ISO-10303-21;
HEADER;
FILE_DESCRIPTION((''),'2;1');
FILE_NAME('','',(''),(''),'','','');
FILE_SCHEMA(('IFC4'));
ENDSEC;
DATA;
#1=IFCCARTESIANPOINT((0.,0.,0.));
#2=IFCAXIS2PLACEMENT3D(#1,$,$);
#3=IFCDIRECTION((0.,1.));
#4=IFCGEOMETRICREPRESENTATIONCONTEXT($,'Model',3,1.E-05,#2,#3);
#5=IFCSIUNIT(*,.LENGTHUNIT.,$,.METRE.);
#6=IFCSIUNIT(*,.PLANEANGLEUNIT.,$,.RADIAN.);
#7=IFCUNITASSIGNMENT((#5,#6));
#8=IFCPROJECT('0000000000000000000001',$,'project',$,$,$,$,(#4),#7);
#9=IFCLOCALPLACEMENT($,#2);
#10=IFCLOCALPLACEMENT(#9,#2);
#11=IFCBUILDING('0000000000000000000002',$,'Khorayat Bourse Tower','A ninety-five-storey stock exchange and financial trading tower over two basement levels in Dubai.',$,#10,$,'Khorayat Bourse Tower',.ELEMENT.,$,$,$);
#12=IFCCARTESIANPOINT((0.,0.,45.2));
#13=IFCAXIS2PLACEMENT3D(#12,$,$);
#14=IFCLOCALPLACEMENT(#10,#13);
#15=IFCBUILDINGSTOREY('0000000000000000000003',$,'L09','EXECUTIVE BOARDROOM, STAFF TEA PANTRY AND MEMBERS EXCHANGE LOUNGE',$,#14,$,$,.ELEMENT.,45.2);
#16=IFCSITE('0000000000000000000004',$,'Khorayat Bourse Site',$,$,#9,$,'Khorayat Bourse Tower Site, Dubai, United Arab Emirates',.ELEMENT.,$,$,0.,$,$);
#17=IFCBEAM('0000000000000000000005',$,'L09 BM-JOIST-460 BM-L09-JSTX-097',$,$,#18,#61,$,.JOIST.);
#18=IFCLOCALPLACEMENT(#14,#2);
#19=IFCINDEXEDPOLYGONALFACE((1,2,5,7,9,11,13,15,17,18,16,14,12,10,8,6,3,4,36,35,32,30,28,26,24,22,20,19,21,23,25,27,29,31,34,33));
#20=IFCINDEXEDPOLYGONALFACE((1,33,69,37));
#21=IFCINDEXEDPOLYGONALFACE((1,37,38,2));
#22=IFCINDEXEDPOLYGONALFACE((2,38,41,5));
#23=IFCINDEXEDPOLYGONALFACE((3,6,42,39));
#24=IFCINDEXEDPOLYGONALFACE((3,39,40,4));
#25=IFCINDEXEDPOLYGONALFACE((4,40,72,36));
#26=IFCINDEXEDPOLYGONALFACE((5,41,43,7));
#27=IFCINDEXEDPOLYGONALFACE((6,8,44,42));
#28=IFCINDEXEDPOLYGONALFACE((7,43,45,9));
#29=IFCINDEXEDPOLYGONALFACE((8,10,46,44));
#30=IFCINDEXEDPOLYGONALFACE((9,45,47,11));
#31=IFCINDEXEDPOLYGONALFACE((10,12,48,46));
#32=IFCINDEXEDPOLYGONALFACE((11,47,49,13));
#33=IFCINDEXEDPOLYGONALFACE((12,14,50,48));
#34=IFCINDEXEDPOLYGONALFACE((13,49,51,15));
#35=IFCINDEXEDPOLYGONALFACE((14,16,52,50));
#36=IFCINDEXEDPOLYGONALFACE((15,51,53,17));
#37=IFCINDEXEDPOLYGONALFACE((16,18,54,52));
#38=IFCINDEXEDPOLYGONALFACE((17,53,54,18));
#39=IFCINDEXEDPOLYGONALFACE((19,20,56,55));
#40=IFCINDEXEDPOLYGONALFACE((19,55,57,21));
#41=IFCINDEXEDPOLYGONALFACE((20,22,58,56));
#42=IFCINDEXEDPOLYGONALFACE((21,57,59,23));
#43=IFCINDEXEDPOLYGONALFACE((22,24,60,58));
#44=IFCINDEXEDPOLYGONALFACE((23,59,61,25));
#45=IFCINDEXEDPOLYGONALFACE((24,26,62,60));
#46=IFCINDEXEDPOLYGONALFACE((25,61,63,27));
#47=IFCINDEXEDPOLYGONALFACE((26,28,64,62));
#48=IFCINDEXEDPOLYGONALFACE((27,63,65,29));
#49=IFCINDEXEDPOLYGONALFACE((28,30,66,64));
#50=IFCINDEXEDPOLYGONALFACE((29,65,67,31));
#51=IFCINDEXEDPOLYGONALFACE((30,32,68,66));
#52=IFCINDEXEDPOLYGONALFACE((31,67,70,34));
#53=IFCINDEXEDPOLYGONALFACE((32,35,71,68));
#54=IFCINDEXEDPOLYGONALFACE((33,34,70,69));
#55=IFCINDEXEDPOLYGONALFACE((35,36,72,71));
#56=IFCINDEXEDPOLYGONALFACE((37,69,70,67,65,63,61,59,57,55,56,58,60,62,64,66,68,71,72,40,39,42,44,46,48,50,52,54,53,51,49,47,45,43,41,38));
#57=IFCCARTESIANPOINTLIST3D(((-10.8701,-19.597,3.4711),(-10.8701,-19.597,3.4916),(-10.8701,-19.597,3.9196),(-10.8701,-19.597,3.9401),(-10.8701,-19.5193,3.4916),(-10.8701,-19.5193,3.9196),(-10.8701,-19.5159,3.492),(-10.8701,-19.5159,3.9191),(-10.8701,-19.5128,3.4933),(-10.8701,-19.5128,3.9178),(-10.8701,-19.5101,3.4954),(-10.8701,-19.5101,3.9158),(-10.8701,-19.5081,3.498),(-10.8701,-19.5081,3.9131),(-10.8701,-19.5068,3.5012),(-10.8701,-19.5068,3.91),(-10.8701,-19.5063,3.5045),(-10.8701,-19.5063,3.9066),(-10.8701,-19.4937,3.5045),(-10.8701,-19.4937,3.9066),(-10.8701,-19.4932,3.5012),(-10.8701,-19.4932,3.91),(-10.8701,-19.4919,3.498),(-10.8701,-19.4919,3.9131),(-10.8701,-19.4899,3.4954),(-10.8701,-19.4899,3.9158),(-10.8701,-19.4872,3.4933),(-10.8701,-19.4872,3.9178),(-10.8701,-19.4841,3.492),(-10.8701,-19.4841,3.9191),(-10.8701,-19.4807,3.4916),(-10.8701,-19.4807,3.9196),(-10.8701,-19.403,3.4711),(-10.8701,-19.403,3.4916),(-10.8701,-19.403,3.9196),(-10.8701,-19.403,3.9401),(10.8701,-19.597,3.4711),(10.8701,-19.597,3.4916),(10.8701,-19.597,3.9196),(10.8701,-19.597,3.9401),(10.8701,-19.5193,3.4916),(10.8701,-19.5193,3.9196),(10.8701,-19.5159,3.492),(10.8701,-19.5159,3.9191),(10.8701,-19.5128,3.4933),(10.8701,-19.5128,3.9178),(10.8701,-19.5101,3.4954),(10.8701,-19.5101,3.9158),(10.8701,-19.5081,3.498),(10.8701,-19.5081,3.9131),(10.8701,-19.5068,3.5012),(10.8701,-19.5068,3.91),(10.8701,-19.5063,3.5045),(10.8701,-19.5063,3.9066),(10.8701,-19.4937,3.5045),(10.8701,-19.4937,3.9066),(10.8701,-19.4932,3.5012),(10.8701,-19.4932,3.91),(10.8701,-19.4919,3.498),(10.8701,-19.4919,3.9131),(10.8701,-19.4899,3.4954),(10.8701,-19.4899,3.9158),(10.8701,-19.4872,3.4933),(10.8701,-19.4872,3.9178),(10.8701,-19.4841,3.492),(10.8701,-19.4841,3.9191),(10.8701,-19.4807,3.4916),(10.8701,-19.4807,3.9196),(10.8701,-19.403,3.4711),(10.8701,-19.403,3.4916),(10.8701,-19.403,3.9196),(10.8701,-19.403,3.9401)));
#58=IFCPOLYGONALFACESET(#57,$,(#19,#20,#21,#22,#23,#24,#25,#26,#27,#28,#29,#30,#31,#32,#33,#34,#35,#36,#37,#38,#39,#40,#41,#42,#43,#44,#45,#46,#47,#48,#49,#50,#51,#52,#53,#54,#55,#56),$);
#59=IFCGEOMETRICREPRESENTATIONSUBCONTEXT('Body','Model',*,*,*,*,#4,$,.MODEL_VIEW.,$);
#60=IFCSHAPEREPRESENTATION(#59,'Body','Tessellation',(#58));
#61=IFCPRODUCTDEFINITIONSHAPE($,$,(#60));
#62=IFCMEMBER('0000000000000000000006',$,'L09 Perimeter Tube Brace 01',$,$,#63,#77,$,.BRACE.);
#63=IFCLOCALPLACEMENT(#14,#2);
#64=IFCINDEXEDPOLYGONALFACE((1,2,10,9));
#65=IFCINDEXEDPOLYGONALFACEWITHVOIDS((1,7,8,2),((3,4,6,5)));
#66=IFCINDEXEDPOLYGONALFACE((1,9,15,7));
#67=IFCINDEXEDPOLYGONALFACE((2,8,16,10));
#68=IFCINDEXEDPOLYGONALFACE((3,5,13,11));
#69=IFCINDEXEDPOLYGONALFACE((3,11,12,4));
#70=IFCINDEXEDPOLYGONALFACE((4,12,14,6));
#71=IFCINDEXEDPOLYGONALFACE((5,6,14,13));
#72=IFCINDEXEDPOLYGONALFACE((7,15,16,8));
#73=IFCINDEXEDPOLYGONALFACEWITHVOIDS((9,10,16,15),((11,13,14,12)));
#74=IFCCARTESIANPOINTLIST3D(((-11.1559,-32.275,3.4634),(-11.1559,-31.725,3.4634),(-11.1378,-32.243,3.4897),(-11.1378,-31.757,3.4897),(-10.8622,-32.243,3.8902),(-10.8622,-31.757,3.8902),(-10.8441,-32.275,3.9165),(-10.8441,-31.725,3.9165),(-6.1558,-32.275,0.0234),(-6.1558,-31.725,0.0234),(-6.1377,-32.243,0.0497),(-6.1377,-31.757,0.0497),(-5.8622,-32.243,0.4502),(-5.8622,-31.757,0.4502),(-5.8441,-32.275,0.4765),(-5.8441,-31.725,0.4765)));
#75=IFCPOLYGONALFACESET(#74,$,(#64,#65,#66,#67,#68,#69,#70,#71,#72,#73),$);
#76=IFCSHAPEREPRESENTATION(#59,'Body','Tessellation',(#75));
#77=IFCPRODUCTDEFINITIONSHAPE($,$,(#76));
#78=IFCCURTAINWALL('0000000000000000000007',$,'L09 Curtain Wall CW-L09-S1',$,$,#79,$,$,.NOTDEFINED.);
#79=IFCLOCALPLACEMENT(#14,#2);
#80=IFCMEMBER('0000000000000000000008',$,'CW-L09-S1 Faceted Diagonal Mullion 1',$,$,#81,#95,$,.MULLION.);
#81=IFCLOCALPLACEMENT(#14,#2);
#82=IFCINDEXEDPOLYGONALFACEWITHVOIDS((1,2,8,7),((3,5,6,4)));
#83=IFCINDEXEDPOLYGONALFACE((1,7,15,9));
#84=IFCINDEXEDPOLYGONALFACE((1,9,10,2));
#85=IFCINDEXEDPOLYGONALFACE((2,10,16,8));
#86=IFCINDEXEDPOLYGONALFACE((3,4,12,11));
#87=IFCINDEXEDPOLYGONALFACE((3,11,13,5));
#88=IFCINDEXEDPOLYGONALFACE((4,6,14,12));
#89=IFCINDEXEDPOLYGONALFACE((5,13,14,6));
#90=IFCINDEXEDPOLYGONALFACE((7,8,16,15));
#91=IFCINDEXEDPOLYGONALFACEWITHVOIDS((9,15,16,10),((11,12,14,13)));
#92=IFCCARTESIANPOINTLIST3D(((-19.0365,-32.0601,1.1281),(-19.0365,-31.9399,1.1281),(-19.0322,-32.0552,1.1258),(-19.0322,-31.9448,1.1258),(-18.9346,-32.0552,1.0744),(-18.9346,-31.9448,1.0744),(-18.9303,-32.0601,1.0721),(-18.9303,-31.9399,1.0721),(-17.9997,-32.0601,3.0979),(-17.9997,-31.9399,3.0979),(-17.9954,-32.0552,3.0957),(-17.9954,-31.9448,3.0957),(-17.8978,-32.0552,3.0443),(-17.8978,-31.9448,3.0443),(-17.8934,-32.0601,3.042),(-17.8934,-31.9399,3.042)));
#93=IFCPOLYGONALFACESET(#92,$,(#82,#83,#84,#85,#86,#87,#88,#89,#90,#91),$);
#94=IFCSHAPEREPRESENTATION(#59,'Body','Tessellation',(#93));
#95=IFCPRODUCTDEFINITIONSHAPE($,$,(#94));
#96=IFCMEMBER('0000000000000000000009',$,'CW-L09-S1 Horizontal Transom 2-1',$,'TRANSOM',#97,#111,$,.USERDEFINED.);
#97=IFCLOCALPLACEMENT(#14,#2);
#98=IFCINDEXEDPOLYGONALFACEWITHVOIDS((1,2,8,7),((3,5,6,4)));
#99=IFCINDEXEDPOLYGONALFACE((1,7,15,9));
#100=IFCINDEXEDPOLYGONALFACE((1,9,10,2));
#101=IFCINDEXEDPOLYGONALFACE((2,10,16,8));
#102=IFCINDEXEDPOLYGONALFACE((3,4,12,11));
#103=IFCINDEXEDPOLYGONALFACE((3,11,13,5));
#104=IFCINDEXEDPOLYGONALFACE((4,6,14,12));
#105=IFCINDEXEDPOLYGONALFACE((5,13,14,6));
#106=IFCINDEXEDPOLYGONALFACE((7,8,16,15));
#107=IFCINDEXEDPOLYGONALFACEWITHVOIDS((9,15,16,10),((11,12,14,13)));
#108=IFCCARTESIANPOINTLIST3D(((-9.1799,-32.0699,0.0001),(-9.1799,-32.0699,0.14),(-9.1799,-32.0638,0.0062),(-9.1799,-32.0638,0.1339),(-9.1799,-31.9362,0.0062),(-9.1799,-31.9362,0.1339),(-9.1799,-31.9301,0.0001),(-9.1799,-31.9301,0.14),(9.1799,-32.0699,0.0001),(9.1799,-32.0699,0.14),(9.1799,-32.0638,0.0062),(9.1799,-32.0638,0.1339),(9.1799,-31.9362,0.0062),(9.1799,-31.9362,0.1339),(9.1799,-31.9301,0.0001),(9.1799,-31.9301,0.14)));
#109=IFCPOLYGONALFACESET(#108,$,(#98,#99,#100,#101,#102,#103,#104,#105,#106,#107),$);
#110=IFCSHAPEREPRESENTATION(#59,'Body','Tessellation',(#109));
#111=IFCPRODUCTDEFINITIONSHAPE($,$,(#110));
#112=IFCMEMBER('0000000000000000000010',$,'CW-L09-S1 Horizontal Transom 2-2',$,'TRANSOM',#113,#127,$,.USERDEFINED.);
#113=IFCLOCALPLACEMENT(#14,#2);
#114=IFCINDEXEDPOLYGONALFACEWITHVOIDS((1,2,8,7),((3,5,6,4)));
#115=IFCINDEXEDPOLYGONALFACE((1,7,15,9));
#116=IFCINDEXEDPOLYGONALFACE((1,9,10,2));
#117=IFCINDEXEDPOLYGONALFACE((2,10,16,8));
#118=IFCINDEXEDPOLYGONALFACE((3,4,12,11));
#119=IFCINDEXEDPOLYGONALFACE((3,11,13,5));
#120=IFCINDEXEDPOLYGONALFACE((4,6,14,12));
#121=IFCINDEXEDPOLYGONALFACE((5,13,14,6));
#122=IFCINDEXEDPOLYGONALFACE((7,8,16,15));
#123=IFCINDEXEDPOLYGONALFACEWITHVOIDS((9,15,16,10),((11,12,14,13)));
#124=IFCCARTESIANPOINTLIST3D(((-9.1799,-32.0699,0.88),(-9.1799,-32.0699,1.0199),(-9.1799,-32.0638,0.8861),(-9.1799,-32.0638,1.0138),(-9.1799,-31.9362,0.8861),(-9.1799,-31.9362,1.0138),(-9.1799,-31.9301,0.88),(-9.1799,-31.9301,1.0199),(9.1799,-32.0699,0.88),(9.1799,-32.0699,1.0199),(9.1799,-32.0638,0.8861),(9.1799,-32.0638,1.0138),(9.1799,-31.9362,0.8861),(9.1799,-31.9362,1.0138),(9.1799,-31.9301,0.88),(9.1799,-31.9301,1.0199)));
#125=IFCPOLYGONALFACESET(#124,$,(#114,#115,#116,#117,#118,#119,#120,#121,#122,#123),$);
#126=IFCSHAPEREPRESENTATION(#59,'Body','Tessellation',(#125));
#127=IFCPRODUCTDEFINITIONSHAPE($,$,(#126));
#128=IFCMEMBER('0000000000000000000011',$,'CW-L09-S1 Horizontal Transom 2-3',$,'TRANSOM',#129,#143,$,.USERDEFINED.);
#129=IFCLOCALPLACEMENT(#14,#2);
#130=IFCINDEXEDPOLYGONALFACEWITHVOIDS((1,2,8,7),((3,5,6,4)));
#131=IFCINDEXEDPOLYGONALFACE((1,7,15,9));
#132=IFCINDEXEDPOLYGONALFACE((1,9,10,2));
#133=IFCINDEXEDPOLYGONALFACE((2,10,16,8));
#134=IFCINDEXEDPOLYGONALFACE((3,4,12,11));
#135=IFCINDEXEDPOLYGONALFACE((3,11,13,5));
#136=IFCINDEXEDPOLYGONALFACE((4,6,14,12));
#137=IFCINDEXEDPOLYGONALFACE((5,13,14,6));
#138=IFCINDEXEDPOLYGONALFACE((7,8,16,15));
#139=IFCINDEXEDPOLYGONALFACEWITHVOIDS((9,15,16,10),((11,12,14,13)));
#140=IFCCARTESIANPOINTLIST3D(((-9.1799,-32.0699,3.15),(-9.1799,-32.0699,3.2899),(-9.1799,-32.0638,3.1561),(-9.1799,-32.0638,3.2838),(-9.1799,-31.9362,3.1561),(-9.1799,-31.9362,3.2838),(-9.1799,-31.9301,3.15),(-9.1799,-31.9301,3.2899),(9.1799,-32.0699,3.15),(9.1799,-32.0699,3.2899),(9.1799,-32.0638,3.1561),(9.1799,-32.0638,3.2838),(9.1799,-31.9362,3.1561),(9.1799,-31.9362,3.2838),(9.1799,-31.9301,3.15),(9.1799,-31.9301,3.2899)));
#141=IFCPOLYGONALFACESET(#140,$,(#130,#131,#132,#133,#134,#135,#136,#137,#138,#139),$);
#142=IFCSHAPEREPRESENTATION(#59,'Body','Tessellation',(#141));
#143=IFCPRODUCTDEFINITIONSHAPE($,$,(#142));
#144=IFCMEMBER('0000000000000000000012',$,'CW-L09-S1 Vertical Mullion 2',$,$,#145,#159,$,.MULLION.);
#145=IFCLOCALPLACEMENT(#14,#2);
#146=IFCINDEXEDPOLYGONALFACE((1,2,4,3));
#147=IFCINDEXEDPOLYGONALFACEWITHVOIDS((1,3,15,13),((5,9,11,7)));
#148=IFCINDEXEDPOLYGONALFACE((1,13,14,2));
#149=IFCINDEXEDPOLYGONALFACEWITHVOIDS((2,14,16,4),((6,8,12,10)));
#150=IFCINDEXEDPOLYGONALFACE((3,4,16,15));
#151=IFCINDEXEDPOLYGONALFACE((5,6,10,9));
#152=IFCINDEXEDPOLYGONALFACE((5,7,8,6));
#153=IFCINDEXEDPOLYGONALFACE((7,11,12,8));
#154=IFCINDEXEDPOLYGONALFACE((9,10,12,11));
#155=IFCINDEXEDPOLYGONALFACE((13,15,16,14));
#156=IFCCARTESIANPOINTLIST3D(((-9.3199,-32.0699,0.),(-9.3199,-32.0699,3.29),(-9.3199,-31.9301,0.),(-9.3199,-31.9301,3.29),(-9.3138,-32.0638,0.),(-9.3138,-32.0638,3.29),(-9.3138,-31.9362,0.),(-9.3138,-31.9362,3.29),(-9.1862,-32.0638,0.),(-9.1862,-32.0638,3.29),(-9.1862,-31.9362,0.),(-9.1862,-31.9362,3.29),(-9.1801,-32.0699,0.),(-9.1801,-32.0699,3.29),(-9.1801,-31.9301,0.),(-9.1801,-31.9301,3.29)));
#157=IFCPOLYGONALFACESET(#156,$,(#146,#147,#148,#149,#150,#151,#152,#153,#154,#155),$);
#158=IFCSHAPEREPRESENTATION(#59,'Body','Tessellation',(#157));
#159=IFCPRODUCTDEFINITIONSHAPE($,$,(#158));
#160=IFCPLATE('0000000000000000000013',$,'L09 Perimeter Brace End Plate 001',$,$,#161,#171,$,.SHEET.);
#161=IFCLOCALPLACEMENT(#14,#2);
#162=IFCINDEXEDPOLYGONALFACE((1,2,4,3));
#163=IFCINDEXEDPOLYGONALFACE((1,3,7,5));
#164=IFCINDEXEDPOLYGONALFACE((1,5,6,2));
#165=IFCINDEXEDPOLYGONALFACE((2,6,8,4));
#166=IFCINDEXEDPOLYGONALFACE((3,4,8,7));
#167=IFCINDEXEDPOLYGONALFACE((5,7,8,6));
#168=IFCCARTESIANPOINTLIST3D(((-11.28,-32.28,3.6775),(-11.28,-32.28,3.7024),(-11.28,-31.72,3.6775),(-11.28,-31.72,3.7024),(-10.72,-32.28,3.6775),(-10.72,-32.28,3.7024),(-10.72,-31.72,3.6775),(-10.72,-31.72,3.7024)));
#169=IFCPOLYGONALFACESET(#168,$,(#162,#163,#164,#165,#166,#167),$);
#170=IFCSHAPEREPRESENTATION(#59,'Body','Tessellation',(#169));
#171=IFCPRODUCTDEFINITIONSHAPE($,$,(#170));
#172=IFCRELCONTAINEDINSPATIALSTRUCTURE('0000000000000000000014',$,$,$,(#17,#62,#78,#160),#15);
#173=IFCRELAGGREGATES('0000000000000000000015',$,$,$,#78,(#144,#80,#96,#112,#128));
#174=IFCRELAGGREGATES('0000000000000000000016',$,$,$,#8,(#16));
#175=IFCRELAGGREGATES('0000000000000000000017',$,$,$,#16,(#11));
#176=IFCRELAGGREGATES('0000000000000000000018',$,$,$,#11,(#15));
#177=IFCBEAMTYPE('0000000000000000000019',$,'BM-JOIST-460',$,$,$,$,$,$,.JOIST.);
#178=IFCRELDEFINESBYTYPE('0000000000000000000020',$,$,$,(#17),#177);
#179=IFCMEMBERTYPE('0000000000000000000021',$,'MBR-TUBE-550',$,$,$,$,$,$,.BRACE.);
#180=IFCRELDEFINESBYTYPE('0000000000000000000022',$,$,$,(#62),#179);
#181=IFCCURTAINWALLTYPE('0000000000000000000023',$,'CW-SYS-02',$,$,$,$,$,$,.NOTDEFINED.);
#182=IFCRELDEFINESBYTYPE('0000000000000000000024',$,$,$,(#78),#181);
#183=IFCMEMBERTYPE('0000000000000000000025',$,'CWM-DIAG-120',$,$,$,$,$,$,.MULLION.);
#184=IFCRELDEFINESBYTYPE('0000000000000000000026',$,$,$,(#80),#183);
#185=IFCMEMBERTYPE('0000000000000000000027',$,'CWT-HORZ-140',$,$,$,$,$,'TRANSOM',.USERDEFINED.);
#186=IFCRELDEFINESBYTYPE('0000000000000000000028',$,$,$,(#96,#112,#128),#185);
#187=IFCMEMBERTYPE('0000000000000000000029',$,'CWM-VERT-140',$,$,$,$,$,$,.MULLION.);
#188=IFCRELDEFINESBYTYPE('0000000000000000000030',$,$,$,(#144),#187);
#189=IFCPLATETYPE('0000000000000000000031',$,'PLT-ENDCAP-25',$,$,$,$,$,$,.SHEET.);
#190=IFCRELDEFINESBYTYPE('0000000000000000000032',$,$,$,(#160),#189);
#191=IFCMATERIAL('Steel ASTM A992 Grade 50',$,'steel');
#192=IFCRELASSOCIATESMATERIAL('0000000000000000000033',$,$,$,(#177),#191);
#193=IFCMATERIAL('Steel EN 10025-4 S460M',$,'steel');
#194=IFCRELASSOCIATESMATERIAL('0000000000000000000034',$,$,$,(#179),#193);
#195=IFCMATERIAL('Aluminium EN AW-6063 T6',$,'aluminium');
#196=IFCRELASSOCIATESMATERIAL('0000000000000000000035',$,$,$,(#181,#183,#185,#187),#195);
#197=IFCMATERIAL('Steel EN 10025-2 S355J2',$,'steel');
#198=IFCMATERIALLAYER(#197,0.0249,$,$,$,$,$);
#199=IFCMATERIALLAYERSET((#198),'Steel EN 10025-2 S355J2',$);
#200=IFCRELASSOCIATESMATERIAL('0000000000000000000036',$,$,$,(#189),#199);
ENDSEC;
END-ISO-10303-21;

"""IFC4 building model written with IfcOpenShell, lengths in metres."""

from ifc_helpers import new_model, si_unit, direction, frame, origin, origin_2d, place, context, subcontext, project, spatial, rectangle, hollow_rectangle, i_section, extrude, source, transform, mapped, material, layer, layer_set, material_profile, profile_set, type_object, element, aggregate, save


model = new_model("IFC4")

# Units and contexts
model_context = context("Model", 3, precision=1e-05, world=origin(), true_north=direction((0.0, 1.0)))
body_context = subcontext(model_context, "Body", "Model", "MODEL_VIEW")
ifc_project = project(units=[si_unit("LENGTHUNIT", "METRE"), si_unit("PLANEANGLEUNIT", "RADIAN")], contexts=[model_context])

# Site, building, storey
site_placement = place(None, origin())
site = spatial("IfcSite", under=ifc_project, at=site_placement, Name="Khorayat Bourse Site", LongName="Khorayat Bourse Tower Site, Dubai, United Arab Emirates", CompositionType="ELEMENT", RefElevation=0.0)
building_placement = place(site_placement, origin())
building = spatial("IfcBuilding", under=site, at=building_placement, Name="Khorayat Bourse Tower", Description="A ninety-five-storey stock exchange and financial trading tower over two basement levels in Dubai.", LongName="Khorayat Bourse Tower", CompositionType="ELEMENT")
storey_placement = place(building_placement, frame((0.0, 0.0, 45.2)))
storey = spatial("IfcBuildingStorey", under=building, at=storey_placement, Name="L09", Description="EXECUTIVE BOARDROOM, STAFF TEA PANTRY AND MEMBERS EXCHANGE LOUNGE", CompositionType="ELEMENT", Elevation=45.2)

# Shared definitions
ifc_material_1 = material(Name="Steel EN 10025-4 S460M", Category="steel")

# Beam
ifc_material_2 = material(Name="Steel ASTM A992 Grade 50", Category="steel")
ifc_material_profile_1 = material_profile(ifc_material_2, i_section(OverallWidth=0.1941, OverallDepth=0.469, WebThickness=0.0127, FlangeThickness=0.0205, FilletRadius=0.0129, at=origin_2d()), Name="W460X106")
ifc_profile_set_1 = profile_set([ifc_material_profile_1], Name="Steel ASTM A992 Grade 50")
beam_type_1 = type_object("IfcBeamType", Name="BM-JOIST-460", PredefinedType="JOIST", material=ifc_profile_set_1)
shared_shape_1 = source(origin(), body_context, "Body", "SweptSolid", [
    extrude(i_section(OverallWidth=0.1941, OverallDepth=0.469, WebThickness=0.0127, FlangeThickness=0.0205, FilletRadius=0.0129, at=origin_2d()), origin(), (0.0, 0.0, 1.0), 21.7402),
])
beam_1_placement = place(storey_placement, frame((-10.8701, -19.5, 3.7056), z_axis=(1.0, 0.0, 0.0), x_axis=(0.0, 1.0, 0.0)))
element("IfcBeam", 1, at=beam_1_placement, inside=storey, type_object=beam_type_1, Name="L09 BM-JOIST-460 BM-L09-JSTX-097", PredefinedType="JOIST", context=body_context, shape_type="MappedRepresentation", body=[
    mapped(shared_shape_1, transform((0.0, 0.0, 0.0), scale=1.0)),
])

# Member
ifc_material_profile_2 = material_profile(ifc_material_1, hollow_rectangle(XDim=0.55, YDim=0.55, WallThickness=0.032, at=origin_2d()), Name="HSS 550x550x32")
ifc_profile_set_2 = profile_set([ifc_material_profile_2], Name="Steel EN 10025-4 S460M")
member_type_1 = type_object("IfcMemberType", Name="MBR-TUBE-550", PredefinedType="BRACE", material=ifc_profile_set_2)
shared_shape_2 = source(origin(), body_context, "Body", "SweptSolid", [
    extrude(hollow_rectangle(XDim=0.55, YDim=0.55, WallThickness=0.032, at=origin_2d()), origin(), (0.0, 0.0, 1.0), 6.0691),
])
member_1_placement = place(storey_placement, frame((-11.0, -32.0, 3.6899), z_axis=(0.823854, 0.0, -0.566802), x_axis=(0.0, 1.0, 0.0)))
element("IfcMember", 2, at=member_1_placement, inside=storey, type_object=member_type_1, Name="L09 Perimeter Tube Brace 01", PredefinedType="BRACE", context=body_context, shape_type="MappedRepresentation", body=[
    mapped(shared_shape_2, transform((0.0, 0.0, 0.0), scale=1.0)),
])

# Curtain wall, members
ifc_material_3 = material(Name="Aluminium EN AW-6063 T6", Category="aluminium")
curtain_wall_type = type_object("IfcCurtainWallType", Name="CW-SYS-02", PredefinedType="NOTDEFINED", material=ifc_material_3)
curtain_wall_placement = place(storey_placement, origin())
curtain_wall = element("IfcCurtainWall", 3, at=curtain_wall_placement, inside=storey, type_object=curtain_wall_type, Name="L09 Curtain Wall CW-L09-S1", PredefinedType="NOTDEFINED")
ifc_material_profile_3 = material_profile(ifc_material_3, hollow_rectangle(XDim=0.1201, YDim=0.1201, WallThickness=0.0049, at=origin_2d()), Name="ALU 120x120x5")
ifc_profile_set_3 = profile_set([ifc_material_profile_3], Name="Aluminium EN AW-6063 T6")
member_type_2 = type_object("IfcMemberType", Name="CWM-DIAG-120", PredefinedType="MULLION", material=ifc_profile_set_3)
shared_shape_3 = source(origin(), body_context, "Body", "SweptSolid", [
    extrude(hollow_rectangle(XDim=0.1201, YDim=0.1201, WallThickness=0.0049, at=origin_2d()), origin(), (0.0, 0.0, 1.0), 2.2261),
])
member_2_placement = place(storey_placement, frame((-18.9834, -32.0, 1.1001), z_axis=(0.46576, 0.0, 0.884911), x_axis=(0.0, 1.0, 0.0)))
member_2 = element("IfcMember", 4, at=member_2_placement, type_object=member_type_2, Name="CW-L09-S1 Faceted Diagonal Mullion 1", PredefinedType="MULLION", context=body_context, shape_type="MappedRepresentation", body=[
    mapped(shared_shape_3, transform((0.0, 0.0, 0.0), scale=1.0)),
])
ifc_material_profile_4 = material_profile(ifc_material_3, hollow_rectangle(XDim=0.1399, YDim=0.1399, WallThickness=0.0061, at=origin_2d()), Name="ALU 140x140x6")
ifc_profile_set_4 = profile_set([ifc_material_profile_4], Name="Aluminium EN AW-6063 T6")
member_type_3 = type_object("IfcMemberType", Name="CWT-HORZ-140", ElementType="TRANSOM", PredefinedType="USERDEFINED", material=ifc_profile_set_4)
shared_shape_4 = source(origin(), body_context, "Body", "SweptSolid", [
    extrude(hollow_rectangle(XDim=0.1399, YDim=0.1399, WallThickness=0.0061, at=origin_2d()), origin(), (0.0, 0.0, 1.0), 18.3599),
])
member_3_placement = place(storey_placement, frame((-9.1799, -32.0, 0.0701), z_axis=(1.0, 0.0, 0.0), x_axis=(0.0, 1.0, 0.0)))
member_3 = element("IfcMember", 5, at=member_3_placement, type_object=member_type_3, Name="CW-L09-S1 Horizontal Transom 2-1", ObjectType="TRANSOM", PredefinedType="USERDEFINED", context=body_context, shape_type="MappedRepresentation", body=[
    mapped(shared_shape_4, transform((0.0, 0.0, 0.0), scale=1.0)),
])
member_4_placement = place(storey_placement, frame((-9.1799, -32.0, 0.95), z_axis=(1.0, 0.0, 0.0), x_axis=(0.0, 1.0, 0.0)))
member_4 = element("IfcMember", 6, at=member_4_placement, type_object=member_type_3, Name="CW-L09-S1 Horizontal Transom 2-2", ObjectType="TRANSOM", PredefinedType="USERDEFINED", context=body_context, shape_type="MappedRepresentation", body=[
    mapped(shared_shape_4, transform((0.0, 0.0, 0.0), scale=1.0)),
])
member_5_placement = place(storey_placement, frame((-9.1799, -32.0, 3.22), z_axis=(1.0, 0.0, 0.0), x_axis=(0.0, 1.0, 0.0)))
member_5 = element("IfcMember", 7, at=member_5_placement, type_object=member_type_3, Name="CW-L09-S1 Horizontal Transom 2-3", ObjectType="TRANSOM", PredefinedType="USERDEFINED", context=body_context, shape_type="MappedRepresentation", body=[
    mapped(shared_shape_4, transform((0.0, 0.0, 0.0), scale=1.0)),
])
ifc_material_profile_5 = material_profile(ifc_material_3, hollow_rectangle(XDim=0.1399, YDim=0.1399, WallThickness=0.0061, at=origin_2d()), Name="ALU 140x140x6")
ifc_profile_set_5 = profile_set([ifc_material_profile_5], Name="Aluminium EN AW-6063 T6")
member_type_4 = type_object("IfcMemberType", Name="CWM-VERT-140", PredefinedType="MULLION", material=ifc_profile_set_5)
shared_shape_5 = source(origin(), body_context, "Body", "SweptSolid", [
    extrude(hollow_rectangle(XDim=0.1399, YDim=0.1399, WallThickness=0.0061, at=origin_2d()), origin(), (0.0, 0.0, 1.0), 3.29),
])
member_6_placement = place(storey_placement, frame((-9.25, -32.0, 0.0), z_axis=(0.0, 0.0, 1.0), x_axis=(0.0, 1.0, 0.0)))
member_6 = element("IfcMember", 8, at=member_6_placement, type_object=member_type_4, Name="CW-L09-S1 Vertical Mullion 2", PredefinedType="MULLION", context=body_context, shape_type="MappedRepresentation", body=[
    mapped(shared_shape_5, transform((0.0, 0.0, 0.0), scale=1.0)),
])

# Plate
ifc_material_4 = material(Name="Steel EN 10025-2 S355J2", Category="steel")
ifc_layer_1 = layer(ifc_material_4, 0.0249)
ifc_layer_set_1 = layer_set([ifc_layer_1], Name="Steel EN 10025-2 S355J2")
plate_type_1 = type_object("IfcPlateType", Name="PLT-ENDCAP-25", PredefinedType="SHEET", material=ifc_layer_set_1)
shared_shape_6 = source(origin(), body_context, "Body", "SweptSolid", [
    extrude(rectangle(XDim=0.5601, YDim=0.5601, at=origin_2d()), origin(), (0.0, 0.0, 1.0), 0.0249),
])
for number, where, z_axis, x_axis, name in (
    (9, (-11.0, -32.0, 3.6775), (0.0, 0.0, 1.0), (1.0, 0.0, 0.0), "L09 Perimeter Brace End Plate 001"),
):
    element("IfcPlate", number, at=place(storey_placement, frame(where, z_axis=z_axis, x_axis=x_axis)), inside=storey, type_object=plate_type_1, Name=name, PredefinedType="SHEET", context=body_context, shape_type="MappedRepresentation", body=[
        mapped(shared_shape_6, transform((0.0, 0.0, 0.0), scale=1.0)),
    ])

aggregate(curtain_wall, [member_6, member_2, member_3, member_4, member_5])

save(model, "model.ifc")
